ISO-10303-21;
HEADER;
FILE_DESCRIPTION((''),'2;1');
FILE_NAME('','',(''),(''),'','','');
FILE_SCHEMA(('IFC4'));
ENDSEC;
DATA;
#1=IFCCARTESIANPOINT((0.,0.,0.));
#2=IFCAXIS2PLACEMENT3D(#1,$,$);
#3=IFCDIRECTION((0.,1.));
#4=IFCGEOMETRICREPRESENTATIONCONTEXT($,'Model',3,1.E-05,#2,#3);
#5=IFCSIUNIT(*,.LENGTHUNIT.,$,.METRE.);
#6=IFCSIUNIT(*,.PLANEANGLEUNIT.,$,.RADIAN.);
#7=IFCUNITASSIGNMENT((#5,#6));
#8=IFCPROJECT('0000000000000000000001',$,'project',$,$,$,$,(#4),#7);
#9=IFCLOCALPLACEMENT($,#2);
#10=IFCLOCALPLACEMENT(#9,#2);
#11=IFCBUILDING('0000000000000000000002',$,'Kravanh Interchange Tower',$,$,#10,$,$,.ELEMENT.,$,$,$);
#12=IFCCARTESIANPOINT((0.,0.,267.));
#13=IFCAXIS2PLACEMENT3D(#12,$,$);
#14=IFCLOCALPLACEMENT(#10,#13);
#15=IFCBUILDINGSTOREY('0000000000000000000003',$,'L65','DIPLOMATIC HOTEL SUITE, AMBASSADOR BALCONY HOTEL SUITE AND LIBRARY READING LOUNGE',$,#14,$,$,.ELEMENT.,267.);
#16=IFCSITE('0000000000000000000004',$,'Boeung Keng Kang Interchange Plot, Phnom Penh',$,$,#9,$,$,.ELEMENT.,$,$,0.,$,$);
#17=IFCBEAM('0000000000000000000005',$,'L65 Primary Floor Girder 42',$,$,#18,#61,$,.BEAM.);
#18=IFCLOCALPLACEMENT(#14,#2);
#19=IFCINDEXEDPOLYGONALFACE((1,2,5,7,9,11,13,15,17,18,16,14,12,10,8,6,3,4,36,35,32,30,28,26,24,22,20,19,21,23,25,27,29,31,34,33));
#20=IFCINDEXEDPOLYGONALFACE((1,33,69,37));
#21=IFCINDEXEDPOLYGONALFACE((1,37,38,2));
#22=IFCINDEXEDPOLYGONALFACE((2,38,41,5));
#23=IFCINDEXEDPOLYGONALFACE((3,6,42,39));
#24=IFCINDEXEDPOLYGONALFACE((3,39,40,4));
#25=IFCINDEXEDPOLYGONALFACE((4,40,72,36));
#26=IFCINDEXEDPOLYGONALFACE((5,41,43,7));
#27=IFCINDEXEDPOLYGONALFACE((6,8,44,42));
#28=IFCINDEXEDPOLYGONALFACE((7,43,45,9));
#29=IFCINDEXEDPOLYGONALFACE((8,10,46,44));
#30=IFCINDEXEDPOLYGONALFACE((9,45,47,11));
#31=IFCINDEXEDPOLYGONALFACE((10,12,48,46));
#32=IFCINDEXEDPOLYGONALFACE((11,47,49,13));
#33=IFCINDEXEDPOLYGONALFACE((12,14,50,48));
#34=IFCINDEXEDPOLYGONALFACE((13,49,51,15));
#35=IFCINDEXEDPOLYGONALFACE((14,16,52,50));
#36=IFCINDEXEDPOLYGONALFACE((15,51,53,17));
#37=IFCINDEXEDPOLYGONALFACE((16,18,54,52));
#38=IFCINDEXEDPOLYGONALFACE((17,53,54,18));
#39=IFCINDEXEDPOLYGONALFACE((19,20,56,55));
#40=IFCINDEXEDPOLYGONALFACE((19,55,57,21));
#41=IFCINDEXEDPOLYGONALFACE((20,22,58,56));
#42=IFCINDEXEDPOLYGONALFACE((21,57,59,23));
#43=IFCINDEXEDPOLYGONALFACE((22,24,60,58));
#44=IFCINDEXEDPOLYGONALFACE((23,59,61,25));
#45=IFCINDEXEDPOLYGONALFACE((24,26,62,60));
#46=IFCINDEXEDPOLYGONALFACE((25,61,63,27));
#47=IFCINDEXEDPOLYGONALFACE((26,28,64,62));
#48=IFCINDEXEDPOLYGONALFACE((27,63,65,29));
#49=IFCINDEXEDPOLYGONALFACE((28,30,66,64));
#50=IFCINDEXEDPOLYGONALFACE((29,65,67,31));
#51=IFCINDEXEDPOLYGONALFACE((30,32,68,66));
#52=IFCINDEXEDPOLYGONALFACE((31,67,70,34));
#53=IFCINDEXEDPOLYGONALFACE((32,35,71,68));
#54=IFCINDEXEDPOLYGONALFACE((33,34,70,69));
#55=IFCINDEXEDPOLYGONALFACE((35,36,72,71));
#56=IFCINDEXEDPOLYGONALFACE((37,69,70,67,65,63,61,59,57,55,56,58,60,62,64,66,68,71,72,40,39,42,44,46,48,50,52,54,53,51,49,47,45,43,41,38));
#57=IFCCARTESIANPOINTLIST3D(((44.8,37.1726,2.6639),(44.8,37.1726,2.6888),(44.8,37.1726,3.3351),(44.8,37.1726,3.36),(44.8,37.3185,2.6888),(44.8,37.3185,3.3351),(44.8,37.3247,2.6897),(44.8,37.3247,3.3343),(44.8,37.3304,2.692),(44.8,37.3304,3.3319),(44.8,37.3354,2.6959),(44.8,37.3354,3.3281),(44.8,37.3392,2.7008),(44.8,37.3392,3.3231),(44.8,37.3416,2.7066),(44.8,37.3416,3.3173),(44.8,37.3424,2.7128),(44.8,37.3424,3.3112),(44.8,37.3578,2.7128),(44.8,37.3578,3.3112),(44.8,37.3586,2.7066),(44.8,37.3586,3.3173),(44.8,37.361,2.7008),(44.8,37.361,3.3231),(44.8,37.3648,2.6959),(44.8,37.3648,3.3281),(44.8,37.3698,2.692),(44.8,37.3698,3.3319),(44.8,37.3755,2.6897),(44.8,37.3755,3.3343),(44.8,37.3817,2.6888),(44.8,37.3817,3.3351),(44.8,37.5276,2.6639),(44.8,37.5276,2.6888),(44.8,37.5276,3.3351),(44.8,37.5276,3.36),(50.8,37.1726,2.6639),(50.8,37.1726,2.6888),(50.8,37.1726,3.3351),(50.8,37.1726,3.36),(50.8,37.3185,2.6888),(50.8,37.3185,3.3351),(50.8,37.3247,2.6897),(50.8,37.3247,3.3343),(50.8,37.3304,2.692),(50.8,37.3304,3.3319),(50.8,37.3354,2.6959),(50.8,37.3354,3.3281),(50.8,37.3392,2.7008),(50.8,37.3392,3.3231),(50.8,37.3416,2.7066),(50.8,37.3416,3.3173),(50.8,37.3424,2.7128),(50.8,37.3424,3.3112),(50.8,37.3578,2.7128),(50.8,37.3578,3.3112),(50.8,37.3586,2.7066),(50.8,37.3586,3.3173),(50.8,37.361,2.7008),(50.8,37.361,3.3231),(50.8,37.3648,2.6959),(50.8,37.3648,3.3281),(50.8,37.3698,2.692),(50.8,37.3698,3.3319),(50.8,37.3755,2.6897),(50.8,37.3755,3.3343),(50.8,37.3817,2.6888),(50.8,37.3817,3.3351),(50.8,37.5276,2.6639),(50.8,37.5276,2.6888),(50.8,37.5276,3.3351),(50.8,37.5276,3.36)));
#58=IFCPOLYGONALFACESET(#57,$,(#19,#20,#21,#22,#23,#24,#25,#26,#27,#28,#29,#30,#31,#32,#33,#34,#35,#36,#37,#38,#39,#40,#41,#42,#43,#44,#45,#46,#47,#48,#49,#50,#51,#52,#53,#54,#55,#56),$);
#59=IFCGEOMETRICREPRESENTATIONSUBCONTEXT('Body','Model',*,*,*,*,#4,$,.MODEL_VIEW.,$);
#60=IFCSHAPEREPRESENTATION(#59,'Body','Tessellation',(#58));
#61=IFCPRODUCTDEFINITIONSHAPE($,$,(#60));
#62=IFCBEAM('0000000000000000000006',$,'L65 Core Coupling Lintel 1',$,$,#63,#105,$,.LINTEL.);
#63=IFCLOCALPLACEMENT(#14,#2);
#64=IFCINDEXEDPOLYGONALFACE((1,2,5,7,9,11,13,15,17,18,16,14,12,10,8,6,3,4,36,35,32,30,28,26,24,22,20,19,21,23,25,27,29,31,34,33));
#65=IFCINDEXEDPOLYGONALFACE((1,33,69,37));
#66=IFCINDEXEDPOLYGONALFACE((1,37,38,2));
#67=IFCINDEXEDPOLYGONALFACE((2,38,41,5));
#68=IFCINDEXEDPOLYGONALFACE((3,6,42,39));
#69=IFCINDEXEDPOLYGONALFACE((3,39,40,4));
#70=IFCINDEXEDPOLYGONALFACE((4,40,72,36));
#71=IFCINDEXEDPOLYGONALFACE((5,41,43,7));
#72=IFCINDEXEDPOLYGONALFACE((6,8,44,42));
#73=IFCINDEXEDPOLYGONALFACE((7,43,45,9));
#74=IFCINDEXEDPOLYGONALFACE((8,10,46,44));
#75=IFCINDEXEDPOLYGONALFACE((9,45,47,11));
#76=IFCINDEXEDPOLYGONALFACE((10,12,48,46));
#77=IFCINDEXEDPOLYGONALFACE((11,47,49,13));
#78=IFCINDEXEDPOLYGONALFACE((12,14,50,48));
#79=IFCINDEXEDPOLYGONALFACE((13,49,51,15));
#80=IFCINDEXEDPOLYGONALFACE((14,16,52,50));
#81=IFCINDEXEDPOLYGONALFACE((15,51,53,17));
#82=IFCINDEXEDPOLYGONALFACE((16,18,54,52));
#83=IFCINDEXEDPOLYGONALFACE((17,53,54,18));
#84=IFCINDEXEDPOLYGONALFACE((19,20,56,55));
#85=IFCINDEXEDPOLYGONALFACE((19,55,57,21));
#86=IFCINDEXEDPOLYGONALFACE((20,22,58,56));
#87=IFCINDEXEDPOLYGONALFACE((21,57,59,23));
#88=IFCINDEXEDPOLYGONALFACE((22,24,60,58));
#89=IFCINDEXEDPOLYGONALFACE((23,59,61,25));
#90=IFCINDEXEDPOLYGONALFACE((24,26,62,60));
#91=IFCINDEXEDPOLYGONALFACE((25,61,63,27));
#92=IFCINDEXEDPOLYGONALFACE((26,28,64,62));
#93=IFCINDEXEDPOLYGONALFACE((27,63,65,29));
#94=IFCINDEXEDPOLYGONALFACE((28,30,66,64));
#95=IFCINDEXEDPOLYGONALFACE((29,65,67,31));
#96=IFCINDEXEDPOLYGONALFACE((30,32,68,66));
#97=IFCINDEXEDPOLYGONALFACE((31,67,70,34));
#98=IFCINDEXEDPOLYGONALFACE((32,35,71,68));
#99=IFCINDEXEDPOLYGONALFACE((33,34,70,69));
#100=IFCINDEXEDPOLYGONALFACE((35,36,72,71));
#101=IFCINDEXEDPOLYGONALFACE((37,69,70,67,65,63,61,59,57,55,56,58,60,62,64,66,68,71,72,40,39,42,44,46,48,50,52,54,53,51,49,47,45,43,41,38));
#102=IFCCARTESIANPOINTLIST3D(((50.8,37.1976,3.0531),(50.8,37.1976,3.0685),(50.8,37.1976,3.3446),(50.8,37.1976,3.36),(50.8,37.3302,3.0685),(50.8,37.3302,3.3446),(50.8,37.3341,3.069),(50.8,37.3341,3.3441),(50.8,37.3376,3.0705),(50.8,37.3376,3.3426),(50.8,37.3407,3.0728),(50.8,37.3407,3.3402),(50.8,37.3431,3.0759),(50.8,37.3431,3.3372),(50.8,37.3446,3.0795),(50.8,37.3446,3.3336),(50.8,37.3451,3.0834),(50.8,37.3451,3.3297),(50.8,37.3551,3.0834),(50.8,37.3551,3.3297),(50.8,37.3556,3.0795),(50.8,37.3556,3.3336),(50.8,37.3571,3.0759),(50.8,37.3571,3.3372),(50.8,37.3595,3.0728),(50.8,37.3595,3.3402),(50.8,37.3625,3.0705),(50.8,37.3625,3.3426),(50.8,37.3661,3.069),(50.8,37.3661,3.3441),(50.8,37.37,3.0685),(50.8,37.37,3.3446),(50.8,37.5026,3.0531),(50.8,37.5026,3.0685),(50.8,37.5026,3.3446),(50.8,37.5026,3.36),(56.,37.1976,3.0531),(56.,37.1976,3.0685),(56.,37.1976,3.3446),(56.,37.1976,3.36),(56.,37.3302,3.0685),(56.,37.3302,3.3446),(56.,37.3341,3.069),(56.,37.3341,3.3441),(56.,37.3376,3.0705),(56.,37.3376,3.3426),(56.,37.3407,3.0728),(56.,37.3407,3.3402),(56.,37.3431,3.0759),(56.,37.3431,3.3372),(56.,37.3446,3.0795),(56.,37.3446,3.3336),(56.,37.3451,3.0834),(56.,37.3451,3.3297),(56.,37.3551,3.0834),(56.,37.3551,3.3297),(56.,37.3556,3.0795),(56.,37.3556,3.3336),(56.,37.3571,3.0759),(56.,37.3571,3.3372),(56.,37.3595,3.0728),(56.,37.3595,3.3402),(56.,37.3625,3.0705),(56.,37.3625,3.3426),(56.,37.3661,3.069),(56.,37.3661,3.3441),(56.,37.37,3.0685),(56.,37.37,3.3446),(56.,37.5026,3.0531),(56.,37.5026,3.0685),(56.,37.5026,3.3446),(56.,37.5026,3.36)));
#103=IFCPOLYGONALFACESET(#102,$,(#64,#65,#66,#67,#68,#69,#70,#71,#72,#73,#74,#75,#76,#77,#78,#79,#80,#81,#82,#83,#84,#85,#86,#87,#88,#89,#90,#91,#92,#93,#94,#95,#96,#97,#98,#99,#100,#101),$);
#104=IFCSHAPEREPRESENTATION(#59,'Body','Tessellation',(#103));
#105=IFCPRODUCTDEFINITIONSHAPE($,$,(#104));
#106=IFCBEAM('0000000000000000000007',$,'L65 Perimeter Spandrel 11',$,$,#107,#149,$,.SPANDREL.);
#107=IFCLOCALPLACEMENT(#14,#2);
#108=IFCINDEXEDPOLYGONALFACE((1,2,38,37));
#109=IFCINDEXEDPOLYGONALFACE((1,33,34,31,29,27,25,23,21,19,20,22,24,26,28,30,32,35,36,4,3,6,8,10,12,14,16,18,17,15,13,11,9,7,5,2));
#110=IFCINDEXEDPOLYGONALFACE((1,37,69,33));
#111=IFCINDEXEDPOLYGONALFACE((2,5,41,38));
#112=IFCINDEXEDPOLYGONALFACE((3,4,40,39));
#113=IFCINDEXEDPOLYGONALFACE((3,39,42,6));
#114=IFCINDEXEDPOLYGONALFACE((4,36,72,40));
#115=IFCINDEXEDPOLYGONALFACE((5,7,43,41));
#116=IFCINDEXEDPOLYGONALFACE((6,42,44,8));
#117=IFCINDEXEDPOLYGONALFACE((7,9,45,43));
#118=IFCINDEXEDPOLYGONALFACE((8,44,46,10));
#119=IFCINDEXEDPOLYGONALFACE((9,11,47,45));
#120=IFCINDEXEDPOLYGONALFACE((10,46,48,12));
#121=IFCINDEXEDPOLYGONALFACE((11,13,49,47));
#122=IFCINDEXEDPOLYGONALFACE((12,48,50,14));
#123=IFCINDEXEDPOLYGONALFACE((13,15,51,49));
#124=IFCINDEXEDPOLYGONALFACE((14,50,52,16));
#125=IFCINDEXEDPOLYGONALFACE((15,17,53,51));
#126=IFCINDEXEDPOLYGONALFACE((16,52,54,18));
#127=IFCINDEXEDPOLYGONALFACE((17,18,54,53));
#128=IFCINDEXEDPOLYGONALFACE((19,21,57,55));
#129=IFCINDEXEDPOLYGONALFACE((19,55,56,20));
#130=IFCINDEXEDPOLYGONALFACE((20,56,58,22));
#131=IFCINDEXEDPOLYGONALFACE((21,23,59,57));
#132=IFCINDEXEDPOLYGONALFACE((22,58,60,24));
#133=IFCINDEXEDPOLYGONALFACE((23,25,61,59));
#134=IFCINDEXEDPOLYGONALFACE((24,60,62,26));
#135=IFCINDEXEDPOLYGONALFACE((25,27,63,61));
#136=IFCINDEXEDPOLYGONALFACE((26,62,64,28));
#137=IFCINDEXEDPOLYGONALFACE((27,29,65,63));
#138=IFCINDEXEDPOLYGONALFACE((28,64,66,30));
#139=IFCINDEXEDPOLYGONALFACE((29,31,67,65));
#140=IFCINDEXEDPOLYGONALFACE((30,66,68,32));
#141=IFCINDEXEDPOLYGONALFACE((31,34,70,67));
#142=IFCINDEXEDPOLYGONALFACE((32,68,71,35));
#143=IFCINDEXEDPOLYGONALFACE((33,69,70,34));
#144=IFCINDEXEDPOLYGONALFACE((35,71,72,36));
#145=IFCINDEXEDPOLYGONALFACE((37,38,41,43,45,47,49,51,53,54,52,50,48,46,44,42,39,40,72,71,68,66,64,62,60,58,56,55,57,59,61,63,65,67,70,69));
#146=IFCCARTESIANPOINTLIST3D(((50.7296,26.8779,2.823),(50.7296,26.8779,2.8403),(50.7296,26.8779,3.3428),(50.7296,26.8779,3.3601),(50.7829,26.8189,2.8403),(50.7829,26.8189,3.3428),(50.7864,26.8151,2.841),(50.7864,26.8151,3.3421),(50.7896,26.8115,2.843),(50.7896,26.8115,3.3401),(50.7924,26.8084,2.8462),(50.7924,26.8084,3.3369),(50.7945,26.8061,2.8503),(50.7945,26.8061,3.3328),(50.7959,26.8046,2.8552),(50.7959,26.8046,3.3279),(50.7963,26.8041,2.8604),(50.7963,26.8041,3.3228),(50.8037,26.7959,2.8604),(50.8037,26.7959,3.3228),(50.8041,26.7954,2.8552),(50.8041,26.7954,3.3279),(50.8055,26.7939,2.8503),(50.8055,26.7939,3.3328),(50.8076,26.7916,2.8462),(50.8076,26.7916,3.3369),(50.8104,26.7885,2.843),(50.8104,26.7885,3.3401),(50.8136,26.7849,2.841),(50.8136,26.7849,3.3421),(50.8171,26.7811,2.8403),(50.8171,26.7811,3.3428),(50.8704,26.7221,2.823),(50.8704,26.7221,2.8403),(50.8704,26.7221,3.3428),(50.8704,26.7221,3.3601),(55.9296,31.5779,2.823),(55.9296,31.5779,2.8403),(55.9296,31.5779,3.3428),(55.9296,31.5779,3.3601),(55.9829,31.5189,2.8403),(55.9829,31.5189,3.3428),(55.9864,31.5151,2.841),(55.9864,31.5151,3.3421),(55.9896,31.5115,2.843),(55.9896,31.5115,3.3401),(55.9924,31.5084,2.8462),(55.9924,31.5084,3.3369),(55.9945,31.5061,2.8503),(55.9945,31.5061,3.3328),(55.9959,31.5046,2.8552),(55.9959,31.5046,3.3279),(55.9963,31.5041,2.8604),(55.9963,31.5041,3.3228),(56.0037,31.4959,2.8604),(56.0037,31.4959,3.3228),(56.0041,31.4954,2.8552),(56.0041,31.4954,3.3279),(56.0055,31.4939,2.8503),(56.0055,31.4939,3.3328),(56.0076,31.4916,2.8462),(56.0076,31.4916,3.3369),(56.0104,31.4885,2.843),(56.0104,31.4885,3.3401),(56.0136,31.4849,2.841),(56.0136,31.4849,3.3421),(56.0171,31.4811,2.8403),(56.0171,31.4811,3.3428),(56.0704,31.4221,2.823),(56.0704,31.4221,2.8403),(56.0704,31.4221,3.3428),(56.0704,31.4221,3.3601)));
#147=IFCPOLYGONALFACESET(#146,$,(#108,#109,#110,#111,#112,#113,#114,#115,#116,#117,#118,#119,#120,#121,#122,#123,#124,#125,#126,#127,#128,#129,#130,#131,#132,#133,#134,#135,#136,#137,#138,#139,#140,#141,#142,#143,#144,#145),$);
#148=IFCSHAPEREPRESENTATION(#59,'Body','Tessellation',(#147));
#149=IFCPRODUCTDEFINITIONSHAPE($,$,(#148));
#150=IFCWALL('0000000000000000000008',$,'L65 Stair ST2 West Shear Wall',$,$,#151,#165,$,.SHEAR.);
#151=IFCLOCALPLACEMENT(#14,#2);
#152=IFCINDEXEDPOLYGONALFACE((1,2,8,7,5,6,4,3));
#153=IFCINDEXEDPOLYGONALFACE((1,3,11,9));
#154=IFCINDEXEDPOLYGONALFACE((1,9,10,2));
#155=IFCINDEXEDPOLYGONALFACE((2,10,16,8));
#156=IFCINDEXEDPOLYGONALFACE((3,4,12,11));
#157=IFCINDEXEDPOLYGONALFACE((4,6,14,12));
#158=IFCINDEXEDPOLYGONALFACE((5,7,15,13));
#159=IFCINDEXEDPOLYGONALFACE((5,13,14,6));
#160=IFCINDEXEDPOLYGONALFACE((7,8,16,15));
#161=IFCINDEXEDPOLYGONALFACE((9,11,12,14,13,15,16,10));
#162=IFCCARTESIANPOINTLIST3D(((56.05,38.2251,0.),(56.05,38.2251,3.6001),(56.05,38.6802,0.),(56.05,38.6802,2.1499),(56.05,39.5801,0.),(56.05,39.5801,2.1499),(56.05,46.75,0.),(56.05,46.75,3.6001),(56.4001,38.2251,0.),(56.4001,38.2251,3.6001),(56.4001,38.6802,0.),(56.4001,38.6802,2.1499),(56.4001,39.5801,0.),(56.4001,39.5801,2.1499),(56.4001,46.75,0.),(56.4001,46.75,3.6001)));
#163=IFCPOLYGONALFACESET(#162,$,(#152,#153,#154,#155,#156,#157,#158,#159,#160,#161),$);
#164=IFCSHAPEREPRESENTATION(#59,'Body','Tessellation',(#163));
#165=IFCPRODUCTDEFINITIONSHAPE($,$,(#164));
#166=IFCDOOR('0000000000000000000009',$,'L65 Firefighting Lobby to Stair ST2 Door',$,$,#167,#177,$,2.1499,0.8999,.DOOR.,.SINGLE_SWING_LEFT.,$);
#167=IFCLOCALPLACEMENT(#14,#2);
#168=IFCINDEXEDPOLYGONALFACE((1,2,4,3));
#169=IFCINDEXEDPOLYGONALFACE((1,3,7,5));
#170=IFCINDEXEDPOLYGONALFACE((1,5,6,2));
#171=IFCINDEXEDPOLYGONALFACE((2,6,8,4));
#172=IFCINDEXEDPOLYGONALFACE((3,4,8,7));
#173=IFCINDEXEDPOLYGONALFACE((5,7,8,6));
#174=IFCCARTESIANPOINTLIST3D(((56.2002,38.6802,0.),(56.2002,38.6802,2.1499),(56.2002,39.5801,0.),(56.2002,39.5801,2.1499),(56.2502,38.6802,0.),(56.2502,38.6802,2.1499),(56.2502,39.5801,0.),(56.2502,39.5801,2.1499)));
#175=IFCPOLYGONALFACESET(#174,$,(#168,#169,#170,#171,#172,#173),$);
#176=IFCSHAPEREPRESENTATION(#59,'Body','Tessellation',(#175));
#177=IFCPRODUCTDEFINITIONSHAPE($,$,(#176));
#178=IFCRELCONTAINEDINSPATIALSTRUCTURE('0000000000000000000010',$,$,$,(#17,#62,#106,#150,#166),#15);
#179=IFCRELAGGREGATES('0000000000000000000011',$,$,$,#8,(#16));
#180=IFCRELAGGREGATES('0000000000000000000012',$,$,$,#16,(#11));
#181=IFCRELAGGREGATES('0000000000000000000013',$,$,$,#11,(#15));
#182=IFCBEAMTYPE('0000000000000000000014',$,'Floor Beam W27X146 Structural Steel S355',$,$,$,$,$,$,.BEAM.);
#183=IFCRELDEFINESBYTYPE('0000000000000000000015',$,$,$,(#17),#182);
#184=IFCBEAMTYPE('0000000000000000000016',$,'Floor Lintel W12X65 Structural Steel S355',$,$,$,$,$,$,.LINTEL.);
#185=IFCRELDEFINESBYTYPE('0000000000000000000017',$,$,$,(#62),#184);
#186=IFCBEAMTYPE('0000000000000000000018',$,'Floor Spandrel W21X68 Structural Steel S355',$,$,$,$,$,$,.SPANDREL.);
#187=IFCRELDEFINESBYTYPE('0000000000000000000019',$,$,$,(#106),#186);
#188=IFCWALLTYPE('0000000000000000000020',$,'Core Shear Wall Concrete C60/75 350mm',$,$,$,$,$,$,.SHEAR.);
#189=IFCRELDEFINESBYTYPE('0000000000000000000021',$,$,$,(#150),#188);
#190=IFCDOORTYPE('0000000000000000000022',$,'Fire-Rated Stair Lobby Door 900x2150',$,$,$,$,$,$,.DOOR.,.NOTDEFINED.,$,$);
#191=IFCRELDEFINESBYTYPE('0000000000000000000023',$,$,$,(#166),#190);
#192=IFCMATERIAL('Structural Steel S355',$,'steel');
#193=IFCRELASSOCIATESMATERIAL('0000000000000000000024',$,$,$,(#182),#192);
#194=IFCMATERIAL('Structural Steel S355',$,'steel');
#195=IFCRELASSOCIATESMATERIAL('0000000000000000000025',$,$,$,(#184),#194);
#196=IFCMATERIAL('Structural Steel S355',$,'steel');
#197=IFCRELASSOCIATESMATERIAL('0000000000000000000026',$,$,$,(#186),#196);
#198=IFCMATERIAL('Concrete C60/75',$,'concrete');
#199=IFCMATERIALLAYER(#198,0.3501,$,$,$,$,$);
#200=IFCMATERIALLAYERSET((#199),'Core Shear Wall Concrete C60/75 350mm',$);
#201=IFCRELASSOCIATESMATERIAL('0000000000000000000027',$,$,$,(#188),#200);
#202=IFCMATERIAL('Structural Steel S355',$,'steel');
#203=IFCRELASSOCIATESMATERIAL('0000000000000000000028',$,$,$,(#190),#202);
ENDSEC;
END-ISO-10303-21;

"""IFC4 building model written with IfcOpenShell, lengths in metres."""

from ifc_helpers import new_model, si_unit, direction, frame, frame_2d, origin, origin_2d, place, context, subcontext, project, spatial, rectangle, i_section, extrude, material, layer, layer_set, material_profile, profile_set, type_object, element, fill, save


model = new_model("IFC4")

# Units and contexts
model_context = context("Model", 3, precision=1e-05, world=origin(), true_north=direction((0.0, 1.0)))
body_context = subcontext(model_context, "Body", "Model", "MODEL_VIEW")
ifc_project = project(units=[si_unit("LENGTHUNIT", "METRE"), si_unit("PLANEANGLEUNIT", "RADIAN")], contexts=[model_context])

# Site, building, storey
site_placement = place(None, origin())
site = spatial("IfcSite", under=ifc_project, at=site_placement, Name="Boeung Keng Kang Interchange Plot, Phnom Penh", CompositionType="ELEMENT", RefElevation=0.0)
building_placement = place(site_placement, origin())
building = spatial("IfcBuilding", under=site, at=building_placement, Name="Kravanh Interchange Tower", CompositionType="ELEMENT")
storey_placement = place(building_placement, frame((0.0, 0.0, 267.0)))
storey = spatial("IfcBuildingStorey", under=building, at=storey_placement, Name="L65", Description="DIPLOMATIC HOTEL SUITE, AMBASSADOR BALCONY HOTEL SUITE AND LIBRARY READING LOUNGE", CompositionType="ELEMENT", Elevation=267.0)

# Beams
ifc_material_1 = material(Name="Structural Steel S355", Category="steel")
ifc_material_profile_1 = material_profile(ifc_material_1, i_section(OverallWidth=0.355, OverallDepth=0.696, WebThickness=0.0154, FlangeThickness=0.0249, FilletRadius=0.0239, at=origin_2d()), Name="W27X146")
ifc_profile_set_1 = profile_set([ifc_material_profile_1], Name="Structural Steel S355")
beam_type_1 = type_object("IfcBeamType", Name="Floor Beam W27X146 Structural Steel S355", PredefinedType="BEAM", material=ifc_profile_set_1)
beam_1_placement = place(storey_placement, frame((50.8, 37.3501, 3.012), z_axis=(-1.0, 0.0, 0.0), x_axis=(0.0, -1.0, 0.0)))
element("IfcBeam", 1, at=beam_1_placement, inside=storey, type_object=beam_type_1, Name="L65 Primary Floor Girder 42", PredefinedType="BEAM", context=body_context, shape_type="SweptSolid", body=[
    extrude(i_section(OverallWidth=0.355, OverallDepth=0.696, WebThickness=0.0154, FlangeThickness=0.0249, FilletRadius=0.0239, at=origin_2d()), origin(), (0.0, 0.0, 1.0), 6.0),
])
ifc_material_2 = material(Name="Structural Steel S355", Category="steel")
ifc_material_profile_2 = material_profile(ifc_material_2, i_section(OverallWidth=0.3049, OverallDepth=0.3069, WebThickness=0.01, FlangeThickness=0.0154, FilletRadius=0.0149, at=origin_2d()), Name="W12X65")
ifc_profile_set_2 = profile_set([ifc_material_profile_2], Name="Structural Steel S355")
beam_type_2 = type_object("IfcBeamType", Name="Floor Lintel W12X65 Structural Steel S355", PredefinedType="LINTEL", material=ifc_profile_set_2)
beam_2_placement = place(storey_placement, frame((50.8, 37.3501, 3.2065), z_axis=(1.0, 0.0, 0.0), x_axis=(0.0, 1.0, 0.0)))
element("IfcBeam", 2, at=beam_2_placement, inside=storey, type_object=beam_type_2, Name="L65 Core Coupling Lintel 1", PredefinedType="LINTEL", context=body_context, shape_type="SweptSolid", body=[
    extrude(i_section(OverallWidth=0.3049, OverallDepth=0.3069, WebThickness=0.01, FlangeThickness=0.0154, FilletRadius=0.0149, at=origin_2d()), origin(), (0.0, 0.0, 1.0), 5.2),
])
ifc_material_3 = material(Name="Structural Steel S355", Category="steel")
ifc_material_profile_3 = material_profile(ifc_material_3, i_section(OverallWidth=0.21, OverallDepth=0.5371, WebThickness=0.011, FlangeThickness=0.0173, FilletRadius=0.02, at=origin_2d()), Name="W21X68")
ifc_profile_set_3 = profile_set([ifc_material_profile_3], Name="Structural Steel S355")
beam_type_3 = type_object("IfcBeamType", Name="Floor Spandrel W21X68 Structural Steel S355", PredefinedType="SPANDREL", material=ifc_profile_set_3)
beam_3_placement = place(storey_placement, frame((56.0, 31.5, 3.0916), z_axis=(-0.741874, -0.670539, 0.0), x_axis=(0.670539, -0.741874, 0.0)))
element("IfcBeam", 3, at=beam_3_placement, inside=storey, type_object=beam_type_3, Name="L65 Perimeter Spandrel 11", PredefinedType="SPANDREL", context=body_context, shape_type="SweptSolid", body=[
    extrude(i_section(OverallWidth=0.21, OverallDepth=0.5371, WebThickness=0.011, FlangeThickness=0.0173, FilletRadius=0.02, at=origin_2d()), origin(), (0.0, 0.0, 1.0), 7.0093),
])

# Wall, opening, door
ifc_material_4 = material(Name="Concrete C60/75", Category="concrete")
ifc_layer_1 = layer(ifc_material_4, 0.3501)
ifc_layer_set_1 = layer_set([ifc_layer_1], Name="Core Shear Wall Concrete C60/75 350mm")
wall_type_1 = type_object("IfcWallType", Name="Core Shear Wall Concrete C60/75 350mm", PredefinedType="SHEAR", material=ifc_layer_set_1)
wall_1_placement = place(storey_placement, frame((56.2251, 38.2251, 0.0), z_axis=(0.0, 0.0, 1.0), x_axis=(0.0, 1.0, 0.0)))
wall_1 = element("IfcWall", 4, at=wall_1_placement, inside=storey, type_object=wall_type_1, Name="L65 Stair ST2 West Shear Wall", PredefinedType="SHEAR", context=body_context, shape_type="SweptSolid", body=[
    extrude(rectangle(XDim=8.5249, YDim=0.3501, at=frame_2d((4.2625, 0.0))), origin(), (0.0, 0.0, 1.0), 3.6001),
])
opening_1_placement = place(wall_1_placement, frame((0.4551, 0.0, 0.0)))
opening_1 = element("IfcOpeningElement", 5, at=opening_1_placement, cuts=wall_1, PredefinedType="OPENING", context=body_context, shape_type="SweptSolid", body=[
    extrude(rectangle(XDim=0.8999, YDim=2.1499, at=frame_2d((0.45, 1.075))), frame((0.0, 0.1851, 0.0), z_axis=(0.0, -1.0, 0.0), x_axis=(1.0, 0.0, 0.0)), (0.0, 0.0, 1.0), 0.3701),
])
ifc_material_5 = material(Name="Structural Steel S355", Category="steel")
door_type_1 = type_object("IfcDoorType", Name="Fire-Rated Stair Lobby Door 900x2150", OperationType="NOTDEFINED", PredefinedType="DOOR", material=ifc_material_5)
door_1_placement = place(opening_1_placement, origin())
door_1 = element("IfcDoor", 6, at=door_1_placement, inside=storey, type_object=door_type_1, Name="L65 Firefighting Lobby to Stair ST2 Door", OperationType="SINGLE_SWING_LEFT", OverallHeight=2.1499, OverallWidth=0.8999, PredefinedType="DOOR", context=body_context, shape_type="SweptSolid", body=[
    extrude(rectangle(XDim=0.8999, YDim=2.1499, at=frame_2d((0.45, 1.075))), frame((0.0, 0.0249, 0.0), z_axis=(0.0, -1.0, 0.0), x_axis=(1.0, 0.0, 0.0)), (0.0, 0.0, 1.0), 0.05),
])
fill(opening_1, door_1)

save(model, "model.ifc")
